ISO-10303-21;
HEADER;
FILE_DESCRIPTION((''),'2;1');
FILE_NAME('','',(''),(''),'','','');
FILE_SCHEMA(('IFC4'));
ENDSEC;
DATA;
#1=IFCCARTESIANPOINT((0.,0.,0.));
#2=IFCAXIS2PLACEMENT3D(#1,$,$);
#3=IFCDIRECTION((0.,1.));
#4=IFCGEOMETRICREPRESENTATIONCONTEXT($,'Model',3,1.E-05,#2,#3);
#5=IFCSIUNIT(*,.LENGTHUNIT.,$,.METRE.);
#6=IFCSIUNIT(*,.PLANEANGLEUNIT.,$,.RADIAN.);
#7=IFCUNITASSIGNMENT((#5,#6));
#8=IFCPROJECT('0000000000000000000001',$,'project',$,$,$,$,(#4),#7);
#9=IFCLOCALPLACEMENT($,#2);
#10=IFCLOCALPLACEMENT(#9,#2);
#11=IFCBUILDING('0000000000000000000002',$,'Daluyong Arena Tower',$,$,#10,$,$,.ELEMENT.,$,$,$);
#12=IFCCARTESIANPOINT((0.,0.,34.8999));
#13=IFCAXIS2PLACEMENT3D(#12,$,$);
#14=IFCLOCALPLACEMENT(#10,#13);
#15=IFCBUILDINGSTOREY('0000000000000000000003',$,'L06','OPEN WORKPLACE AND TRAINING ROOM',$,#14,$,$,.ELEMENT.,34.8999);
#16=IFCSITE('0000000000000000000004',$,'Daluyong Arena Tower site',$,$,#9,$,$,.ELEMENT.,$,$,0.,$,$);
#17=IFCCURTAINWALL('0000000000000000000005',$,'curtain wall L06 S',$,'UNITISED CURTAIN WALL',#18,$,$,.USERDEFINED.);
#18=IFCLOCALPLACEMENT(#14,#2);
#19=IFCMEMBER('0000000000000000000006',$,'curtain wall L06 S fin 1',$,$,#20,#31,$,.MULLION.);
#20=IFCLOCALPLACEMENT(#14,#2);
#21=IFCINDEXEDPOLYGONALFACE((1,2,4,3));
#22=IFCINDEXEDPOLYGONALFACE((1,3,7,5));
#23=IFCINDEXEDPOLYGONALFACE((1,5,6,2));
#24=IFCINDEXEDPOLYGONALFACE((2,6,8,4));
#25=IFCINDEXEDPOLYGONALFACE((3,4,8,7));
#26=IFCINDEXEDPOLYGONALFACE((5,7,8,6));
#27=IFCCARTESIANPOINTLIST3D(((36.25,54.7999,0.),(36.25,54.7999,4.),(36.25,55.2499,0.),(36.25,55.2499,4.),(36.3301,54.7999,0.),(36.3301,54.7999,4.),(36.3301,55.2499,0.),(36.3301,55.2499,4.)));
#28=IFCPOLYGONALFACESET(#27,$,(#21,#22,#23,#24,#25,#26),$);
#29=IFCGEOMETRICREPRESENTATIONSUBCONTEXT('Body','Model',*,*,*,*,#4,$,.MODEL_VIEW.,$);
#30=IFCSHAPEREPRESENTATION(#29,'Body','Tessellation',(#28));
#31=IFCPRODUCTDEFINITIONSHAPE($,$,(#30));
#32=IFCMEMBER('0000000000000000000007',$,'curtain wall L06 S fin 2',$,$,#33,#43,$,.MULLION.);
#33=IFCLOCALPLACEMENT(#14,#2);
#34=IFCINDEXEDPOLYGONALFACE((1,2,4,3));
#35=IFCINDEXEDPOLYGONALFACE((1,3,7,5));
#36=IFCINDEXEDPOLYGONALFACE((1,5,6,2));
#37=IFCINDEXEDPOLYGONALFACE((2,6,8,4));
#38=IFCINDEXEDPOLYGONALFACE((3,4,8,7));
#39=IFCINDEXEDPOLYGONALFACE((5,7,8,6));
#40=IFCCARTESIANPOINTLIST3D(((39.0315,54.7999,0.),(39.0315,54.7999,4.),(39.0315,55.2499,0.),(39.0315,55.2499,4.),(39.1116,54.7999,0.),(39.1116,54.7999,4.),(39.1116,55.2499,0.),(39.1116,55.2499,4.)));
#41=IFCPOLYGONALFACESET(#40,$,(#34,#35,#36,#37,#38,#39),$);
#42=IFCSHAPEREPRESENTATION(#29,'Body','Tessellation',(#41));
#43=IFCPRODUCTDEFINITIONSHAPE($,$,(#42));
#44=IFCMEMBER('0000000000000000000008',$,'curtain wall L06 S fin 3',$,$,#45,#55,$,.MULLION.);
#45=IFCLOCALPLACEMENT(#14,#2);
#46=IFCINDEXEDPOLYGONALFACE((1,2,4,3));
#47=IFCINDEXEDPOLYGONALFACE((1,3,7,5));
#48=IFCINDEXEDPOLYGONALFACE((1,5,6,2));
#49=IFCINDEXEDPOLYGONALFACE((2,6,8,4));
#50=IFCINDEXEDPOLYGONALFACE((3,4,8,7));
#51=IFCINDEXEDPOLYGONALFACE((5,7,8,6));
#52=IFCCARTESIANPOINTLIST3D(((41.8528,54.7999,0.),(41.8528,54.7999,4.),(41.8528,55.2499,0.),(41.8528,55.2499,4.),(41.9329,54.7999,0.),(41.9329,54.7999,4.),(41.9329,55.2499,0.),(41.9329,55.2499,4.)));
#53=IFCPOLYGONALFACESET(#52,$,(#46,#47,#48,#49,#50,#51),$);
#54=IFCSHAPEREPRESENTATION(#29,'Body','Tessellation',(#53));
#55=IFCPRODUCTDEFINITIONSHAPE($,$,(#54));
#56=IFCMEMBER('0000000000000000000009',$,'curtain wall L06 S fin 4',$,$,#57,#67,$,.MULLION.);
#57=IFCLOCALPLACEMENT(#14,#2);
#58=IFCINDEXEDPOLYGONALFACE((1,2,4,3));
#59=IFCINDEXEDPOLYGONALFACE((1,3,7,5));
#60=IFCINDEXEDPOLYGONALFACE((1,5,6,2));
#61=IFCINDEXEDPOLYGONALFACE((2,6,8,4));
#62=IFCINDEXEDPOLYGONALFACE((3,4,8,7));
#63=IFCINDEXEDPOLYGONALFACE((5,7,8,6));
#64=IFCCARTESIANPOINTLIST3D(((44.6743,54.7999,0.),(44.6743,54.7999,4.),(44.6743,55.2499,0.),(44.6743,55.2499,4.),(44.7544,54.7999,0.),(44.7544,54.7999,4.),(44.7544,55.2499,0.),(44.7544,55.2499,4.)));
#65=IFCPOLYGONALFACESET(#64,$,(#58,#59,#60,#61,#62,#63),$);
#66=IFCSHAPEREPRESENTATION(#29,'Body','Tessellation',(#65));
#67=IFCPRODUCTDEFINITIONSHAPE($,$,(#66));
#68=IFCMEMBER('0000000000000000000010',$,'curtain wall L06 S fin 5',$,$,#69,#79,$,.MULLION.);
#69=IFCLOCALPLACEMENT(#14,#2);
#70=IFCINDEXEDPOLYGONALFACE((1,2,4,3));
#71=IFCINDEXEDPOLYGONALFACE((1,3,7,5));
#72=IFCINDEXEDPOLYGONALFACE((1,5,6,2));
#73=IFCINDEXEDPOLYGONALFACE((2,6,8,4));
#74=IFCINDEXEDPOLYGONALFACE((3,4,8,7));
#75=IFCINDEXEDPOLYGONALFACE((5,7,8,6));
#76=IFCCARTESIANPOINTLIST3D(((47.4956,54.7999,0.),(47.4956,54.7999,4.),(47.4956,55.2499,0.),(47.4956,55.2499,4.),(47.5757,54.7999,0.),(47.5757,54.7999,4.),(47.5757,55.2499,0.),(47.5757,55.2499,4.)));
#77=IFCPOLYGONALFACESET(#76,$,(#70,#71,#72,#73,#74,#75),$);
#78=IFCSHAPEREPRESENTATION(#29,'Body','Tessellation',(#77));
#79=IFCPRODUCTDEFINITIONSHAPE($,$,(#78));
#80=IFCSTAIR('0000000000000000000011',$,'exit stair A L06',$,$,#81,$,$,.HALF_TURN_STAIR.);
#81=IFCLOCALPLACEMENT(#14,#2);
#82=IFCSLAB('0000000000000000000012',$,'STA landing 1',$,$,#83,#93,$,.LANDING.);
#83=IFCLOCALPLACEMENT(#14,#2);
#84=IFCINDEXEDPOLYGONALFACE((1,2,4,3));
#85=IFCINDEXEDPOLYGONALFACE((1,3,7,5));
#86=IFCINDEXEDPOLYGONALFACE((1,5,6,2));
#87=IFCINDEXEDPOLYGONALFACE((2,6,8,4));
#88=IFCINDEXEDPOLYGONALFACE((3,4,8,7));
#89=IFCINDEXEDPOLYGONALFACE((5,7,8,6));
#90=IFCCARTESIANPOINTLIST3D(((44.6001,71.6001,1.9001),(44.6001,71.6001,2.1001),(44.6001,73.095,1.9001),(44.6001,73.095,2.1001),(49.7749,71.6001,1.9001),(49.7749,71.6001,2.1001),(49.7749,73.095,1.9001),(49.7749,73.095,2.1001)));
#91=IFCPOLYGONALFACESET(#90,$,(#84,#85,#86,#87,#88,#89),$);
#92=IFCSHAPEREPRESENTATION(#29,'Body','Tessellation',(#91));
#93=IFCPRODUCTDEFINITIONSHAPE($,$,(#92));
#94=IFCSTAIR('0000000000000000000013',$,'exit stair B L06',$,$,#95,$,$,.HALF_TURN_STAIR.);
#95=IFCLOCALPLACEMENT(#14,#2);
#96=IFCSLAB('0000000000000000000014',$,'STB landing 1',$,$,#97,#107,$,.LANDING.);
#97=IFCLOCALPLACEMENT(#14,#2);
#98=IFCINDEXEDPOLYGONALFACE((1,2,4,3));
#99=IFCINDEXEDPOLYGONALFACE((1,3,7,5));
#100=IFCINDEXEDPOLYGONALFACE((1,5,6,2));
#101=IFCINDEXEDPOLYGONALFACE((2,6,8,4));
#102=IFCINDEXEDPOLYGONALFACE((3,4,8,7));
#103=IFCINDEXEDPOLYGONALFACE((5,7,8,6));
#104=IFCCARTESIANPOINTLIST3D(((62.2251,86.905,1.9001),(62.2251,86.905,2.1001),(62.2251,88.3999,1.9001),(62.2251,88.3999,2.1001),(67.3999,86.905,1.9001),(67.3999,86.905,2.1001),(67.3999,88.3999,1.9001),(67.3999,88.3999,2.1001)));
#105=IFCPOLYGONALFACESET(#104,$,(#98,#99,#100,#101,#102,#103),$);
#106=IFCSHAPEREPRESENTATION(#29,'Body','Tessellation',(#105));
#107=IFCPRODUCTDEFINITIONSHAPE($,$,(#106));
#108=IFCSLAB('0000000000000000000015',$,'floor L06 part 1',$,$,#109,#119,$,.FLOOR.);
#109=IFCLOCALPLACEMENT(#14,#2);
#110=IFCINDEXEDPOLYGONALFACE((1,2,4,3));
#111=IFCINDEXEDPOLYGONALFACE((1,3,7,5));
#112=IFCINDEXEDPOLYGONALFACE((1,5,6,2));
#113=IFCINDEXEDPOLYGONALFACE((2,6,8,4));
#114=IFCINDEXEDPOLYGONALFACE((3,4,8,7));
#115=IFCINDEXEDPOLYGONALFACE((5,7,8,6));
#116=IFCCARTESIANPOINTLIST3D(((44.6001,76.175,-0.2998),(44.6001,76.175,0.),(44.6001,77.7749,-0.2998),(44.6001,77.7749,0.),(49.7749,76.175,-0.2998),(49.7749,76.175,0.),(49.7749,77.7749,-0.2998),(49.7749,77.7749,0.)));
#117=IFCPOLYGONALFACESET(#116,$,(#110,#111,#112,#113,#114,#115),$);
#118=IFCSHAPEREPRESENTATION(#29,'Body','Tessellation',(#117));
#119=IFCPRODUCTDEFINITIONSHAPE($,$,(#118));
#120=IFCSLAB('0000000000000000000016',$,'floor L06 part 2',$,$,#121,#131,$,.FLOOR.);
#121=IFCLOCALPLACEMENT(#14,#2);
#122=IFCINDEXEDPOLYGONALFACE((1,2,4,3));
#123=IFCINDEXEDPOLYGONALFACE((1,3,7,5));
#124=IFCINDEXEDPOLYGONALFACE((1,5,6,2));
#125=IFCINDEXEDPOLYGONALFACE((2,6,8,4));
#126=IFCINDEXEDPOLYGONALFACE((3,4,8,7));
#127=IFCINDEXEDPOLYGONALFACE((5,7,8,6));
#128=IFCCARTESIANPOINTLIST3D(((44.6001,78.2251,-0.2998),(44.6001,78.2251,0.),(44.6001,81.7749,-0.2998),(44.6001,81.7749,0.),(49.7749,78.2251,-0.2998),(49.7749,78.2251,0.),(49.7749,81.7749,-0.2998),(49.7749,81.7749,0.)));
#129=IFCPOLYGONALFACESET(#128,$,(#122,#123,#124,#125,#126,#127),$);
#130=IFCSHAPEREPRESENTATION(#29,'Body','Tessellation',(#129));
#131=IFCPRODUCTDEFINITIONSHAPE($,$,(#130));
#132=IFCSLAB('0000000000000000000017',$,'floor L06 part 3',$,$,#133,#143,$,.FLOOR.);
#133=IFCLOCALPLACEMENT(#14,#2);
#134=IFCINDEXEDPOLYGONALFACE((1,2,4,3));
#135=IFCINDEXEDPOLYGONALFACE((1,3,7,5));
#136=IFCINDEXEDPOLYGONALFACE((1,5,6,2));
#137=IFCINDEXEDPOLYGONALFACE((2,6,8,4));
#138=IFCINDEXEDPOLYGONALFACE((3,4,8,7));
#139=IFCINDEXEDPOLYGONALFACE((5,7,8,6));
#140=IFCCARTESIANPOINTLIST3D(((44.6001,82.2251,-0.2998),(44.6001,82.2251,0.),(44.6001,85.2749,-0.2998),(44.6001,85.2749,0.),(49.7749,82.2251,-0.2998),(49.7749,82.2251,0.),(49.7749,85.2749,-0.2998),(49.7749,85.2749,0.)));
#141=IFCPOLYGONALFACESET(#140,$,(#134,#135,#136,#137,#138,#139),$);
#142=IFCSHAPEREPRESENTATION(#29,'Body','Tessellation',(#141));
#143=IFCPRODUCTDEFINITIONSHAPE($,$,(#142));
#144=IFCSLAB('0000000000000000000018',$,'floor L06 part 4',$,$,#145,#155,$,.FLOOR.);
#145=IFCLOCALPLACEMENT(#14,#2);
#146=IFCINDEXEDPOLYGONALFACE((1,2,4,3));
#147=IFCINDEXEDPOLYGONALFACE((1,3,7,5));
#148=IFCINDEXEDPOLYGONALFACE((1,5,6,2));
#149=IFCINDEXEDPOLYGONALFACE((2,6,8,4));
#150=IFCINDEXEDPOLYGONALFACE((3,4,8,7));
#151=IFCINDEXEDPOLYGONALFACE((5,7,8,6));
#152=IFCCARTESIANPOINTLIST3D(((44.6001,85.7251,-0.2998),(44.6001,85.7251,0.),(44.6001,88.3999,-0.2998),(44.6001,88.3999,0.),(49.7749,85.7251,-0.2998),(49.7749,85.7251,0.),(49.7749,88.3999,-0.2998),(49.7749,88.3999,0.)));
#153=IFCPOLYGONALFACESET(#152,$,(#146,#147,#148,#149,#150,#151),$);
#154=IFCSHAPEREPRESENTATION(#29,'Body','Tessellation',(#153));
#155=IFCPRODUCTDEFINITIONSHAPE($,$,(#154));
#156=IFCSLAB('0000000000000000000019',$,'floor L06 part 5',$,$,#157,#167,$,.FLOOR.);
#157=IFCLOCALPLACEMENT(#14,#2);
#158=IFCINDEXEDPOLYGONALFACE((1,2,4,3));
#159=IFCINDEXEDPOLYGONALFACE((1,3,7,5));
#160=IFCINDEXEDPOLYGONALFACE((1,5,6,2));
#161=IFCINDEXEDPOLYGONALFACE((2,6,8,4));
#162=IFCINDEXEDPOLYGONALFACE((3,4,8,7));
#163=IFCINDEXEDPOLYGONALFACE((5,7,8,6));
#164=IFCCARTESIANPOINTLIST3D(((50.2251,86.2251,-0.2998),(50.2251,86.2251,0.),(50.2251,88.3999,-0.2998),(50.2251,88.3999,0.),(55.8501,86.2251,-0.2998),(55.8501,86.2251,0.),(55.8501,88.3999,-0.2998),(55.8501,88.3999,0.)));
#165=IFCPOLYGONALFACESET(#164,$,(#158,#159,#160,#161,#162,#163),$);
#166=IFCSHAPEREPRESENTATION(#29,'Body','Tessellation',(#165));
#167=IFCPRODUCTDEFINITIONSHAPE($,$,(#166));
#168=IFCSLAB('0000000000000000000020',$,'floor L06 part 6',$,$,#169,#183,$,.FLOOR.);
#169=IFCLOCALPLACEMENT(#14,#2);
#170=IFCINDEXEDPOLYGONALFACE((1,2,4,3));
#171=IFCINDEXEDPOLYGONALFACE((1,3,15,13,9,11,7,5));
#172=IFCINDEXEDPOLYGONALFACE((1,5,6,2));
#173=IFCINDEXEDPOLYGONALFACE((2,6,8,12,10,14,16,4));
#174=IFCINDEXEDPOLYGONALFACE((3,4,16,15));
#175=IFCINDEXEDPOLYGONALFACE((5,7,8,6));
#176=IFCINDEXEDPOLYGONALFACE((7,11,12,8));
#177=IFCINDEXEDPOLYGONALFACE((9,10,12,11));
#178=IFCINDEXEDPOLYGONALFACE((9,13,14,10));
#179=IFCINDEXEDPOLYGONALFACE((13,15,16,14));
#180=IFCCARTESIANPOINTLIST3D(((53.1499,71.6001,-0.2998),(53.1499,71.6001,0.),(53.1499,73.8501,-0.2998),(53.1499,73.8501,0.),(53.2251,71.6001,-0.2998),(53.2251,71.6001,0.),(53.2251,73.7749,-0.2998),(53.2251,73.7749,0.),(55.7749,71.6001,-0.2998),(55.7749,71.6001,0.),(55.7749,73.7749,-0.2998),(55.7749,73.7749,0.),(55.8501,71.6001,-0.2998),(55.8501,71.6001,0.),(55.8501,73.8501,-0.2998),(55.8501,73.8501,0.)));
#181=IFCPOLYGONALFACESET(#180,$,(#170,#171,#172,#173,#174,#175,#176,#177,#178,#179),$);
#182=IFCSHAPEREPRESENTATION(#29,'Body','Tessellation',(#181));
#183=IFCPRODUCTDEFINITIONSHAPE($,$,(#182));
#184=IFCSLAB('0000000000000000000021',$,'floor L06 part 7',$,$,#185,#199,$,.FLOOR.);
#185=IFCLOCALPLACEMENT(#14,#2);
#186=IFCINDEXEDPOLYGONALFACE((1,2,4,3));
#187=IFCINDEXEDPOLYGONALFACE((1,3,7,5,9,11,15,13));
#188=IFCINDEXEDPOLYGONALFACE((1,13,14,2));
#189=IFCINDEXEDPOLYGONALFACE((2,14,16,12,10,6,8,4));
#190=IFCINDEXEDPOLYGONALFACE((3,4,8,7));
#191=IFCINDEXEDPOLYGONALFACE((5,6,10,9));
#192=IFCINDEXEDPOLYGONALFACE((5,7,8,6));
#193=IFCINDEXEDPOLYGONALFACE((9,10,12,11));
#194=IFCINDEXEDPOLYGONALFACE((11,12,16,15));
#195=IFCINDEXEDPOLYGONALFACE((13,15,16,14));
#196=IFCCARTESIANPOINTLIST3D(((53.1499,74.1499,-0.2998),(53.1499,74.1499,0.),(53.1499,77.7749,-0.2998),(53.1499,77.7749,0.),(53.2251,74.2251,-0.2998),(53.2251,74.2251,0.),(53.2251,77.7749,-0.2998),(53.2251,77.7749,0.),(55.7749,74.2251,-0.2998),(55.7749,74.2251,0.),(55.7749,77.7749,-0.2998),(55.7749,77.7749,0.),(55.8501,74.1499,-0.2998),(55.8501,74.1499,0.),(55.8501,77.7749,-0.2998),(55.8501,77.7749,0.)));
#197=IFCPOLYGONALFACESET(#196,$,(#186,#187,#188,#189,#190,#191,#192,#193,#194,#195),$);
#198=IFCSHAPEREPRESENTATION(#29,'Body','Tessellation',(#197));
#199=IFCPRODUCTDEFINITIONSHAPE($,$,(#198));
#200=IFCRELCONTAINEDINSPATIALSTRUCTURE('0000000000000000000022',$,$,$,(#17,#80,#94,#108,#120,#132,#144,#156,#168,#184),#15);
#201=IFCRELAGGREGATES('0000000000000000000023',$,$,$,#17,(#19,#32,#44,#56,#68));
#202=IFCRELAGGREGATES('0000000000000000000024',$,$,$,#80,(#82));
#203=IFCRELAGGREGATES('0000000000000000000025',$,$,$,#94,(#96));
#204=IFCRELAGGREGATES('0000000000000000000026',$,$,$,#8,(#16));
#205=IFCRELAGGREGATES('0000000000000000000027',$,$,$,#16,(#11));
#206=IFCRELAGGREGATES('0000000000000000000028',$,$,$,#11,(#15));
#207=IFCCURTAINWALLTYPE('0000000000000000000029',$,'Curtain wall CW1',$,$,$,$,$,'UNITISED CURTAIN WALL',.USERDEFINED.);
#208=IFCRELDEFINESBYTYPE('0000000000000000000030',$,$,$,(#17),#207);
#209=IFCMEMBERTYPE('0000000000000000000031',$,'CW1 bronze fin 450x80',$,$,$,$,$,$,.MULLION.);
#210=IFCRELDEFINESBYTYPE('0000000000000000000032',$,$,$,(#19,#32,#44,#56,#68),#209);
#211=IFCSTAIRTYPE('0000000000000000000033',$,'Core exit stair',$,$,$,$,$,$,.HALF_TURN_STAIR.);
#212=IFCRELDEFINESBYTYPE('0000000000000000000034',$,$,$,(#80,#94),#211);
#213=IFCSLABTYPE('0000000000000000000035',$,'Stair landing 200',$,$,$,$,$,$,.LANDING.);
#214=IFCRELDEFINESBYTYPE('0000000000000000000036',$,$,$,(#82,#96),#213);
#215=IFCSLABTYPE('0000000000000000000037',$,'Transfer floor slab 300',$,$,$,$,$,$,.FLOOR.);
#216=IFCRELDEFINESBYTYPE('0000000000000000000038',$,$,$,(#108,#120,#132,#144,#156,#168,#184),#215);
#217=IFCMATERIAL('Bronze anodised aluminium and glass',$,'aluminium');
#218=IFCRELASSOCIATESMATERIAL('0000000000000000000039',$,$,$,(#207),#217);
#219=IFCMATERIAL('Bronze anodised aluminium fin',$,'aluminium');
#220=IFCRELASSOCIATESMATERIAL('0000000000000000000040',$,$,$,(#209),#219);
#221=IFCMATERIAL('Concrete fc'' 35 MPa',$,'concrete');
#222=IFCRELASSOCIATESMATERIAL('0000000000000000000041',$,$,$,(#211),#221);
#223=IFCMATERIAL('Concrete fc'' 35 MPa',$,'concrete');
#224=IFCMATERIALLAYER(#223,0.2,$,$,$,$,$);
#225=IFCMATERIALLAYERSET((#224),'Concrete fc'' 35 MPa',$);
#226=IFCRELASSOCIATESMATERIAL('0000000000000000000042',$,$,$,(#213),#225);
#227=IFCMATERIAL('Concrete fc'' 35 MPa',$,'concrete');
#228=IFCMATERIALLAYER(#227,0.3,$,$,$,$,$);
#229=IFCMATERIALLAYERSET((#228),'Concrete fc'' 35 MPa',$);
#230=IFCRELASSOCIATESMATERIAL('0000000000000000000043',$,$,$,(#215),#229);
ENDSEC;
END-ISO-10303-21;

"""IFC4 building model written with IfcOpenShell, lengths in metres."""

from ifc_helpers import new_model, si_unit, direction, frame, origin, origin_2d, place, context, subcontext, project, spatial, polyline, rectangle, outline, extrude, material, layer, layer_set, material_profile, profile_set, type_object, element, aggregate, save


model = new_model("IFC4")

# Units and contexts
model_context = context("Model", 3, precision=1e-05, world=origin(), true_north=direction((0.0, 1.0)))
body_context = subcontext(model_context, "Body", "Model", "MODEL_VIEW")
ifc_project = project(units=[si_unit("LENGTHUNIT", "METRE"), si_unit("PLANEANGLEUNIT", "RADIAN")], contexts=[model_context])

# Site, building, storey
site_placement = place(None, origin())
site = spatial("IfcSite", under=ifc_project, at=site_placement, Name="Daluyong Arena Tower site", CompositionType="ELEMENT", RefElevation=0.0)
building_placement = place(site_placement, origin())
building = spatial("IfcBuilding", under=site, at=building_placement, Name="Daluyong Arena Tower", CompositionType="ELEMENT")
storey_placement = place(building_placement, frame((0.0, 0.0, 34.8999)))
storey = spatial("IfcBuildingStorey", under=building, at=storey_placement, Name="L06", Description="OPEN WORKPLACE AND TRAINING ROOM", CompositionType="ELEMENT", Elevation=34.8999)

# Curtain wall, members
ifc_material_1 = material(Name="Bronze anodised aluminium and glass", Category="aluminium")
curtain_wall_type = type_object("IfcCurtainWallType", Name="Curtain wall CW1", ElementType="UNITISED CURTAIN WALL", PredefinedType="USERDEFINED", material=ifc_material_1)
curtain_wall_placement = place(storey_placement, origin())
curtain_wall = element("IfcCurtainWall", 1, at=curtain_wall_placement, inside=storey, type_object=curtain_wall_type, Name="curtain wall L06 S", ObjectType="UNITISED CURTAIN WALL", PredefinedType="USERDEFINED")
ifc_material_2 = material(Name="Bronze anodised aluminium fin", Category="aluminium")
ifc_material_profile = material_profile(ifc_material_2, rectangle(XDim=0.45, YDim=0.0801, at=origin_2d()))
ifc_profile_set = profile_set([ifc_material_profile], Name="Bronze anodised aluminium fin")
member_type = type_object("IfcMemberType", Name="CW1 bronze fin 450x80", PredefinedType="MULLION", material=ifc_profile_set)
member_1_placement = place(storey_placement, frame((36.29, 55.0249, 0.0), z_axis=(0.0, 0.0, 1.0), x_axis=(0.0, 1.0, 0.0)))
member_1 = element("IfcMember", 2, at=member_1_placement, type_object=member_type, Name="curtain wall L06 S fin 1", PredefinedType="MULLION", context=body_context, shape_type="SweptSolid", body=[
    extrude(rectangle(XDim=0.45, YDim=0.0801, at=origin_2d()), origin(), (0.0, 0.0, 1.0), 4.0),
])
member_2_placement = place(storey_placement, frame((39.0715, 55.0249, 0.0), z_axis=(0.0, 0.0, 1.0), x_axis=(0.0, 1.0, 0.0)))
member_2 = element("IfcMember", 3, at=member_2_placement, type_object=member_type, Name="curtain wall L06 S fin 2", PredefinedType="MULLION", context=body_context, shape_type="SweptSolid", body=[
    extrude(rectangle(XDim=0.45, YDim=0.0801, at=origin_2d()), origin(), (0.0, 0.0, 1.0), 4.0),
])
member_3_placement = place(storey_placement, frame((41.8928, 55.0249, 0.0), z_axis=(0.0, 0.0, 1.0), x_axis=(0.0, 1.0, 0.0)))
member_3 = element("IfcMember", 4, at=member_3_placement, type_object=member_type, Name="curtain wall L06 S fin 3", PredefinedType="MULLION", context=body_context, shape_type="SweptSolid", body=[
    extrude(rectangle(XDim=0.45, YDim=0.0801, at=origin_2d()), origin(), (0.0, 0.0, 1.0), 4.0),
])
member_4_placement = place(storey_placement, frame((44.7144, 55.0249, 0.0), z_axis=(0.0, 0.0, 1.0), x_axis=(0.0, 1.0, 0.0)))
member_4 = element("IfcMember", 5, at=member_4_placement, type_object=member_type, Name="curtain wall L06 S fin 4", PredefinedType="MULLION", context=body_context, shape_type="SweptSolid", body=[
    extrude(rectangle(XDim=0.45, YDim=0.0801, at=origin_2d()), origin(), (0.0, 0.0, 1.0), 4.0),
])
member_5_placement = place(storey_placement, frame((47.5356, 55.0249, 0.0), z_axis=(0.0, 0.0, 1.0), x_axis=(0.0, 1.0, 0.0)))
member_5 = element("IfcMember", 6, at=member_5_placement, type_object=member_type, Name="curtain wall L06 S fin 5", PredefinedType="MULLION", context=body_context, shape_type="SweptSolid", body=[
    extrude(rectangle(XDim=0.45, YDim=0.0801, at=origin_2d()), origin(), (0.0, 0.0, 1.0), 4.0),
])
aggregate(curtain_wall, [member_1, member_2, member_3, member_4, member_5])

# Stairs, slabs
ifc_material_3 = material(Name="Concrete fc' 35 MPa", Category="concrete")
stair_type = type_object("IfcStairType", Name="Core exit stair", PredefinedType="HALF_TURN_STAIR", material=ifc_material_3)
stair_1_placement = place(storey_placement, origin())
stair_1 = element("IfcStair", 7, at=stair_1_placement, inside=storey, type_object=stair_type, Name="exit stair A L06", PredefinedType="HALF_TURN_STAIR")
ifc_material_4 = material(Name="Concrete fc' 35 MPa", Category="concrete")
ifc_layer_1 = layer(ifc_material_4, 0.2)
ifc_layer_set_1 = layer_set([ifc_layer_1], Name="Concrete fc' 35 MPa")
slab_type_1 = type_object("IfcSlabType", Name="Stair landing 200", PredefinedType="LANDING", material=ifc_layer_set_1)
slab_1_placement = place(storey_placement, frame((0.0, 0.0, 1.9001)))
slab_1 = element("IfcSlab", 8, at=slab_1_placement, type_object=slab_type_1, Name="STA landing 1", PredefinedType="LANDING", context=body_context, shape_type="SweptSolid", body=[
    extrude(outline(polyline([(44.6001, 71.6001), (49.7749, 71.6001), (49.7749, 73.095), (44.6001, 73.095), (44.6001, 71.6001)])), origin(), (0.0, 0.0, 1.0), 0.2),
])
aggregate(stair_1, [slab_1])
stair_2_placement = place(storey_placement, origin())
stair_2 = element("IfcStair", 9, at=stair_2_placement, inside=storey, type_object=stair_type, Name="exit stair B L06", PredefinedType="HALF_TURN_STAIR")
slab_2_placement = place(storey_placement, frame((0.0, 0.0, 1.9001)))
slab_2 = element("IfcSlab", 10, at=slab_2_placement, type_object=slab_type_1, Name="STB landing 1", PredefinedType="LANDING", context=body_context, shape_type="SweptSolid", body=[
    extrude(outline(polyline([(62.2251, 86.905), (67.3999, 86.905), (67.3999, 88.3999), (62.2251, 88.3999), (62.2251, 86.905)])), origin(), (0.0, 0.0, 1.0), 0.2),
])
aggregate(stair_2, [slab_2])

# Slabs
ifc_material_5 = material(Name="Concrete fc' 35 MPa", Category="concrete")
ifc_layer_2 = layer(ifc_material_5, 0.3)
ifc_layer_set_2 = layer_set([ifc_layer_2], Name="Concrete fc' 35 MPa")
slab_type_2 = type_object("IfcSlabType", Name="Transfer floor slab 300", PredefinedType="FLOOR", material=ifc_layer_set_2)
slab_3_placement = place(storey_placement, frame((0.0, 0.0, -0.2998)))
element("IfcSlab", 11, at=slab_3_placement, inside=storey, type_object=slab_type_2, Name="floor L06 part 1", PredefinedType="FLOOR", context=body_context, shape_type="SweptSolid", body=[
    extrude(outline(polyline([(49.7749, 76.175), (49.7749, 77.7749), (44.6001, 77.7749), (44.6001, 76.175), (49.7749, 76.175)])), origin(), (0.0, 0.0, 1.0), 0.2998),
])
slab_4_placement = place(storey_placement, frame((0.0, 0.0, -0.2998)))
element("IfcSlab", 12, at=slab_4_placement, inside=storey, type_object=slab_type_2, Name="floor L06 part 2", PredefinedType="FLOOR", context=body_context, shape_type="SweptSolid", body=[
    extrude(outline(polyline([(49.7749, 78.2251), (49.7749, 81.7749), (44.6001, 81.7749), (44.6001, 78.2251), (49.7749, 78.2251)])), origin(), (0.0, 0.0, 1.0), 0.2998),
])
slab_5_placement = place(storey_placement, frame((0.0, 0.0, -0.2998)))
element("IfcSlab", 13, at=slab_5_placement, inside=storey, type_object=slab_type_2, Name="floor L06 part 3", PredefinedType="FLOOR", context=body_context, shape_type="SweptSolid", body=[
    extrude(outline(polyline([(49.7749, 82.2251), (49.7749, 85.2749), (44.6001, 85.2749), (44.6001, 82.2251), (49.7749, 82.2251)])), origin(), (0.0, 0.0, 1.0), 0.2998),
])
slab_6_placement = place(storey_placement, frame((0.0, 0.0, -0.2998)))
element("IfcSlab", 14, at=slab_6_placement, inside=storey, type_object=slab_type_2, Name="floor L06 part 4", PredefinedType="FLOOR", context=body_context, shape_type="SweptSolid", body=[
    extrude(outline(polyline([(44.6001, 88.3999), (44.6001, 85.7251), (49.7749, 85.7251), (49.7749, 88.3999), (44.6001, 88.3999)])), origin(), (0.0, 0.0, 1.0), 0.2998),
])
slab_7_placement = place(storey_placement, frame((0.0, 0.0, -0.2998)))
element("IfcSlab", 15, at=slab_7_placement, inside=storey, type_object=slab_type_2, Name="floor L06 part 5", PredefinedType="FLOOR", context=body_context, shape_type="SweptSolid", body=[
    extrude(outline(polyline([(50.2251, 88.3999), (50.2251, 86.2251), (55.8501, 86.2251), (55.8501, 88.3999), (50.2251, 88.3999)])), origin(), (0.0, 0.0, 1.0), 0.2998),
])
slab_8_placement = place(storey_placement, frame((0.0, 0.0, -0.2998)))
element("IfcSlab", 16, at=slab_8_placement, inside=storey, type_object=slab_type_2, Name="floor L06 part 6", PredefinedType="FLOOR", context=body_context, shape_type="SweptSolid", body=[
    extrude(outline(polyline([(55.7749, 73.7749), (55.7749, 71.6001), (55.8501, 71.6001), (55.8501, 73.8501), (53.1499, 73.8501), (53.1499, 71.6001), (53.2251, 71.6001), (53.2251, 73.7749), (55.7749, 73.7749)])), origin(), (0.0, 0.0, 1.0), 0.2998),
])
slab_9_placement = place(storey_placement, frame((0.0, 0.0, -0.2998)))
element("IfcSlab", 17, at=slab_9_placement, inside=storey, type_object=slab_type_2, Name="floor L06 part 7", PredefinedType="FLOOR", context=body_context, shape_type="SweptSolid", body=[
    extrude(outline(polyline([(53.1499, 77.7749), (53.1499, 74.1499), (55.8501, 74.1499), (55.8501, 77.7749), (55.7749, 77.7749), (55.7749, 74.2251), (53.2251, 74.2251), (53.2251, 77.7749), (53.1499, 77.7749)])), origin(), (0.0, 0.0, 1.0), 0.2998),
])

save(model, "model.ifc")
